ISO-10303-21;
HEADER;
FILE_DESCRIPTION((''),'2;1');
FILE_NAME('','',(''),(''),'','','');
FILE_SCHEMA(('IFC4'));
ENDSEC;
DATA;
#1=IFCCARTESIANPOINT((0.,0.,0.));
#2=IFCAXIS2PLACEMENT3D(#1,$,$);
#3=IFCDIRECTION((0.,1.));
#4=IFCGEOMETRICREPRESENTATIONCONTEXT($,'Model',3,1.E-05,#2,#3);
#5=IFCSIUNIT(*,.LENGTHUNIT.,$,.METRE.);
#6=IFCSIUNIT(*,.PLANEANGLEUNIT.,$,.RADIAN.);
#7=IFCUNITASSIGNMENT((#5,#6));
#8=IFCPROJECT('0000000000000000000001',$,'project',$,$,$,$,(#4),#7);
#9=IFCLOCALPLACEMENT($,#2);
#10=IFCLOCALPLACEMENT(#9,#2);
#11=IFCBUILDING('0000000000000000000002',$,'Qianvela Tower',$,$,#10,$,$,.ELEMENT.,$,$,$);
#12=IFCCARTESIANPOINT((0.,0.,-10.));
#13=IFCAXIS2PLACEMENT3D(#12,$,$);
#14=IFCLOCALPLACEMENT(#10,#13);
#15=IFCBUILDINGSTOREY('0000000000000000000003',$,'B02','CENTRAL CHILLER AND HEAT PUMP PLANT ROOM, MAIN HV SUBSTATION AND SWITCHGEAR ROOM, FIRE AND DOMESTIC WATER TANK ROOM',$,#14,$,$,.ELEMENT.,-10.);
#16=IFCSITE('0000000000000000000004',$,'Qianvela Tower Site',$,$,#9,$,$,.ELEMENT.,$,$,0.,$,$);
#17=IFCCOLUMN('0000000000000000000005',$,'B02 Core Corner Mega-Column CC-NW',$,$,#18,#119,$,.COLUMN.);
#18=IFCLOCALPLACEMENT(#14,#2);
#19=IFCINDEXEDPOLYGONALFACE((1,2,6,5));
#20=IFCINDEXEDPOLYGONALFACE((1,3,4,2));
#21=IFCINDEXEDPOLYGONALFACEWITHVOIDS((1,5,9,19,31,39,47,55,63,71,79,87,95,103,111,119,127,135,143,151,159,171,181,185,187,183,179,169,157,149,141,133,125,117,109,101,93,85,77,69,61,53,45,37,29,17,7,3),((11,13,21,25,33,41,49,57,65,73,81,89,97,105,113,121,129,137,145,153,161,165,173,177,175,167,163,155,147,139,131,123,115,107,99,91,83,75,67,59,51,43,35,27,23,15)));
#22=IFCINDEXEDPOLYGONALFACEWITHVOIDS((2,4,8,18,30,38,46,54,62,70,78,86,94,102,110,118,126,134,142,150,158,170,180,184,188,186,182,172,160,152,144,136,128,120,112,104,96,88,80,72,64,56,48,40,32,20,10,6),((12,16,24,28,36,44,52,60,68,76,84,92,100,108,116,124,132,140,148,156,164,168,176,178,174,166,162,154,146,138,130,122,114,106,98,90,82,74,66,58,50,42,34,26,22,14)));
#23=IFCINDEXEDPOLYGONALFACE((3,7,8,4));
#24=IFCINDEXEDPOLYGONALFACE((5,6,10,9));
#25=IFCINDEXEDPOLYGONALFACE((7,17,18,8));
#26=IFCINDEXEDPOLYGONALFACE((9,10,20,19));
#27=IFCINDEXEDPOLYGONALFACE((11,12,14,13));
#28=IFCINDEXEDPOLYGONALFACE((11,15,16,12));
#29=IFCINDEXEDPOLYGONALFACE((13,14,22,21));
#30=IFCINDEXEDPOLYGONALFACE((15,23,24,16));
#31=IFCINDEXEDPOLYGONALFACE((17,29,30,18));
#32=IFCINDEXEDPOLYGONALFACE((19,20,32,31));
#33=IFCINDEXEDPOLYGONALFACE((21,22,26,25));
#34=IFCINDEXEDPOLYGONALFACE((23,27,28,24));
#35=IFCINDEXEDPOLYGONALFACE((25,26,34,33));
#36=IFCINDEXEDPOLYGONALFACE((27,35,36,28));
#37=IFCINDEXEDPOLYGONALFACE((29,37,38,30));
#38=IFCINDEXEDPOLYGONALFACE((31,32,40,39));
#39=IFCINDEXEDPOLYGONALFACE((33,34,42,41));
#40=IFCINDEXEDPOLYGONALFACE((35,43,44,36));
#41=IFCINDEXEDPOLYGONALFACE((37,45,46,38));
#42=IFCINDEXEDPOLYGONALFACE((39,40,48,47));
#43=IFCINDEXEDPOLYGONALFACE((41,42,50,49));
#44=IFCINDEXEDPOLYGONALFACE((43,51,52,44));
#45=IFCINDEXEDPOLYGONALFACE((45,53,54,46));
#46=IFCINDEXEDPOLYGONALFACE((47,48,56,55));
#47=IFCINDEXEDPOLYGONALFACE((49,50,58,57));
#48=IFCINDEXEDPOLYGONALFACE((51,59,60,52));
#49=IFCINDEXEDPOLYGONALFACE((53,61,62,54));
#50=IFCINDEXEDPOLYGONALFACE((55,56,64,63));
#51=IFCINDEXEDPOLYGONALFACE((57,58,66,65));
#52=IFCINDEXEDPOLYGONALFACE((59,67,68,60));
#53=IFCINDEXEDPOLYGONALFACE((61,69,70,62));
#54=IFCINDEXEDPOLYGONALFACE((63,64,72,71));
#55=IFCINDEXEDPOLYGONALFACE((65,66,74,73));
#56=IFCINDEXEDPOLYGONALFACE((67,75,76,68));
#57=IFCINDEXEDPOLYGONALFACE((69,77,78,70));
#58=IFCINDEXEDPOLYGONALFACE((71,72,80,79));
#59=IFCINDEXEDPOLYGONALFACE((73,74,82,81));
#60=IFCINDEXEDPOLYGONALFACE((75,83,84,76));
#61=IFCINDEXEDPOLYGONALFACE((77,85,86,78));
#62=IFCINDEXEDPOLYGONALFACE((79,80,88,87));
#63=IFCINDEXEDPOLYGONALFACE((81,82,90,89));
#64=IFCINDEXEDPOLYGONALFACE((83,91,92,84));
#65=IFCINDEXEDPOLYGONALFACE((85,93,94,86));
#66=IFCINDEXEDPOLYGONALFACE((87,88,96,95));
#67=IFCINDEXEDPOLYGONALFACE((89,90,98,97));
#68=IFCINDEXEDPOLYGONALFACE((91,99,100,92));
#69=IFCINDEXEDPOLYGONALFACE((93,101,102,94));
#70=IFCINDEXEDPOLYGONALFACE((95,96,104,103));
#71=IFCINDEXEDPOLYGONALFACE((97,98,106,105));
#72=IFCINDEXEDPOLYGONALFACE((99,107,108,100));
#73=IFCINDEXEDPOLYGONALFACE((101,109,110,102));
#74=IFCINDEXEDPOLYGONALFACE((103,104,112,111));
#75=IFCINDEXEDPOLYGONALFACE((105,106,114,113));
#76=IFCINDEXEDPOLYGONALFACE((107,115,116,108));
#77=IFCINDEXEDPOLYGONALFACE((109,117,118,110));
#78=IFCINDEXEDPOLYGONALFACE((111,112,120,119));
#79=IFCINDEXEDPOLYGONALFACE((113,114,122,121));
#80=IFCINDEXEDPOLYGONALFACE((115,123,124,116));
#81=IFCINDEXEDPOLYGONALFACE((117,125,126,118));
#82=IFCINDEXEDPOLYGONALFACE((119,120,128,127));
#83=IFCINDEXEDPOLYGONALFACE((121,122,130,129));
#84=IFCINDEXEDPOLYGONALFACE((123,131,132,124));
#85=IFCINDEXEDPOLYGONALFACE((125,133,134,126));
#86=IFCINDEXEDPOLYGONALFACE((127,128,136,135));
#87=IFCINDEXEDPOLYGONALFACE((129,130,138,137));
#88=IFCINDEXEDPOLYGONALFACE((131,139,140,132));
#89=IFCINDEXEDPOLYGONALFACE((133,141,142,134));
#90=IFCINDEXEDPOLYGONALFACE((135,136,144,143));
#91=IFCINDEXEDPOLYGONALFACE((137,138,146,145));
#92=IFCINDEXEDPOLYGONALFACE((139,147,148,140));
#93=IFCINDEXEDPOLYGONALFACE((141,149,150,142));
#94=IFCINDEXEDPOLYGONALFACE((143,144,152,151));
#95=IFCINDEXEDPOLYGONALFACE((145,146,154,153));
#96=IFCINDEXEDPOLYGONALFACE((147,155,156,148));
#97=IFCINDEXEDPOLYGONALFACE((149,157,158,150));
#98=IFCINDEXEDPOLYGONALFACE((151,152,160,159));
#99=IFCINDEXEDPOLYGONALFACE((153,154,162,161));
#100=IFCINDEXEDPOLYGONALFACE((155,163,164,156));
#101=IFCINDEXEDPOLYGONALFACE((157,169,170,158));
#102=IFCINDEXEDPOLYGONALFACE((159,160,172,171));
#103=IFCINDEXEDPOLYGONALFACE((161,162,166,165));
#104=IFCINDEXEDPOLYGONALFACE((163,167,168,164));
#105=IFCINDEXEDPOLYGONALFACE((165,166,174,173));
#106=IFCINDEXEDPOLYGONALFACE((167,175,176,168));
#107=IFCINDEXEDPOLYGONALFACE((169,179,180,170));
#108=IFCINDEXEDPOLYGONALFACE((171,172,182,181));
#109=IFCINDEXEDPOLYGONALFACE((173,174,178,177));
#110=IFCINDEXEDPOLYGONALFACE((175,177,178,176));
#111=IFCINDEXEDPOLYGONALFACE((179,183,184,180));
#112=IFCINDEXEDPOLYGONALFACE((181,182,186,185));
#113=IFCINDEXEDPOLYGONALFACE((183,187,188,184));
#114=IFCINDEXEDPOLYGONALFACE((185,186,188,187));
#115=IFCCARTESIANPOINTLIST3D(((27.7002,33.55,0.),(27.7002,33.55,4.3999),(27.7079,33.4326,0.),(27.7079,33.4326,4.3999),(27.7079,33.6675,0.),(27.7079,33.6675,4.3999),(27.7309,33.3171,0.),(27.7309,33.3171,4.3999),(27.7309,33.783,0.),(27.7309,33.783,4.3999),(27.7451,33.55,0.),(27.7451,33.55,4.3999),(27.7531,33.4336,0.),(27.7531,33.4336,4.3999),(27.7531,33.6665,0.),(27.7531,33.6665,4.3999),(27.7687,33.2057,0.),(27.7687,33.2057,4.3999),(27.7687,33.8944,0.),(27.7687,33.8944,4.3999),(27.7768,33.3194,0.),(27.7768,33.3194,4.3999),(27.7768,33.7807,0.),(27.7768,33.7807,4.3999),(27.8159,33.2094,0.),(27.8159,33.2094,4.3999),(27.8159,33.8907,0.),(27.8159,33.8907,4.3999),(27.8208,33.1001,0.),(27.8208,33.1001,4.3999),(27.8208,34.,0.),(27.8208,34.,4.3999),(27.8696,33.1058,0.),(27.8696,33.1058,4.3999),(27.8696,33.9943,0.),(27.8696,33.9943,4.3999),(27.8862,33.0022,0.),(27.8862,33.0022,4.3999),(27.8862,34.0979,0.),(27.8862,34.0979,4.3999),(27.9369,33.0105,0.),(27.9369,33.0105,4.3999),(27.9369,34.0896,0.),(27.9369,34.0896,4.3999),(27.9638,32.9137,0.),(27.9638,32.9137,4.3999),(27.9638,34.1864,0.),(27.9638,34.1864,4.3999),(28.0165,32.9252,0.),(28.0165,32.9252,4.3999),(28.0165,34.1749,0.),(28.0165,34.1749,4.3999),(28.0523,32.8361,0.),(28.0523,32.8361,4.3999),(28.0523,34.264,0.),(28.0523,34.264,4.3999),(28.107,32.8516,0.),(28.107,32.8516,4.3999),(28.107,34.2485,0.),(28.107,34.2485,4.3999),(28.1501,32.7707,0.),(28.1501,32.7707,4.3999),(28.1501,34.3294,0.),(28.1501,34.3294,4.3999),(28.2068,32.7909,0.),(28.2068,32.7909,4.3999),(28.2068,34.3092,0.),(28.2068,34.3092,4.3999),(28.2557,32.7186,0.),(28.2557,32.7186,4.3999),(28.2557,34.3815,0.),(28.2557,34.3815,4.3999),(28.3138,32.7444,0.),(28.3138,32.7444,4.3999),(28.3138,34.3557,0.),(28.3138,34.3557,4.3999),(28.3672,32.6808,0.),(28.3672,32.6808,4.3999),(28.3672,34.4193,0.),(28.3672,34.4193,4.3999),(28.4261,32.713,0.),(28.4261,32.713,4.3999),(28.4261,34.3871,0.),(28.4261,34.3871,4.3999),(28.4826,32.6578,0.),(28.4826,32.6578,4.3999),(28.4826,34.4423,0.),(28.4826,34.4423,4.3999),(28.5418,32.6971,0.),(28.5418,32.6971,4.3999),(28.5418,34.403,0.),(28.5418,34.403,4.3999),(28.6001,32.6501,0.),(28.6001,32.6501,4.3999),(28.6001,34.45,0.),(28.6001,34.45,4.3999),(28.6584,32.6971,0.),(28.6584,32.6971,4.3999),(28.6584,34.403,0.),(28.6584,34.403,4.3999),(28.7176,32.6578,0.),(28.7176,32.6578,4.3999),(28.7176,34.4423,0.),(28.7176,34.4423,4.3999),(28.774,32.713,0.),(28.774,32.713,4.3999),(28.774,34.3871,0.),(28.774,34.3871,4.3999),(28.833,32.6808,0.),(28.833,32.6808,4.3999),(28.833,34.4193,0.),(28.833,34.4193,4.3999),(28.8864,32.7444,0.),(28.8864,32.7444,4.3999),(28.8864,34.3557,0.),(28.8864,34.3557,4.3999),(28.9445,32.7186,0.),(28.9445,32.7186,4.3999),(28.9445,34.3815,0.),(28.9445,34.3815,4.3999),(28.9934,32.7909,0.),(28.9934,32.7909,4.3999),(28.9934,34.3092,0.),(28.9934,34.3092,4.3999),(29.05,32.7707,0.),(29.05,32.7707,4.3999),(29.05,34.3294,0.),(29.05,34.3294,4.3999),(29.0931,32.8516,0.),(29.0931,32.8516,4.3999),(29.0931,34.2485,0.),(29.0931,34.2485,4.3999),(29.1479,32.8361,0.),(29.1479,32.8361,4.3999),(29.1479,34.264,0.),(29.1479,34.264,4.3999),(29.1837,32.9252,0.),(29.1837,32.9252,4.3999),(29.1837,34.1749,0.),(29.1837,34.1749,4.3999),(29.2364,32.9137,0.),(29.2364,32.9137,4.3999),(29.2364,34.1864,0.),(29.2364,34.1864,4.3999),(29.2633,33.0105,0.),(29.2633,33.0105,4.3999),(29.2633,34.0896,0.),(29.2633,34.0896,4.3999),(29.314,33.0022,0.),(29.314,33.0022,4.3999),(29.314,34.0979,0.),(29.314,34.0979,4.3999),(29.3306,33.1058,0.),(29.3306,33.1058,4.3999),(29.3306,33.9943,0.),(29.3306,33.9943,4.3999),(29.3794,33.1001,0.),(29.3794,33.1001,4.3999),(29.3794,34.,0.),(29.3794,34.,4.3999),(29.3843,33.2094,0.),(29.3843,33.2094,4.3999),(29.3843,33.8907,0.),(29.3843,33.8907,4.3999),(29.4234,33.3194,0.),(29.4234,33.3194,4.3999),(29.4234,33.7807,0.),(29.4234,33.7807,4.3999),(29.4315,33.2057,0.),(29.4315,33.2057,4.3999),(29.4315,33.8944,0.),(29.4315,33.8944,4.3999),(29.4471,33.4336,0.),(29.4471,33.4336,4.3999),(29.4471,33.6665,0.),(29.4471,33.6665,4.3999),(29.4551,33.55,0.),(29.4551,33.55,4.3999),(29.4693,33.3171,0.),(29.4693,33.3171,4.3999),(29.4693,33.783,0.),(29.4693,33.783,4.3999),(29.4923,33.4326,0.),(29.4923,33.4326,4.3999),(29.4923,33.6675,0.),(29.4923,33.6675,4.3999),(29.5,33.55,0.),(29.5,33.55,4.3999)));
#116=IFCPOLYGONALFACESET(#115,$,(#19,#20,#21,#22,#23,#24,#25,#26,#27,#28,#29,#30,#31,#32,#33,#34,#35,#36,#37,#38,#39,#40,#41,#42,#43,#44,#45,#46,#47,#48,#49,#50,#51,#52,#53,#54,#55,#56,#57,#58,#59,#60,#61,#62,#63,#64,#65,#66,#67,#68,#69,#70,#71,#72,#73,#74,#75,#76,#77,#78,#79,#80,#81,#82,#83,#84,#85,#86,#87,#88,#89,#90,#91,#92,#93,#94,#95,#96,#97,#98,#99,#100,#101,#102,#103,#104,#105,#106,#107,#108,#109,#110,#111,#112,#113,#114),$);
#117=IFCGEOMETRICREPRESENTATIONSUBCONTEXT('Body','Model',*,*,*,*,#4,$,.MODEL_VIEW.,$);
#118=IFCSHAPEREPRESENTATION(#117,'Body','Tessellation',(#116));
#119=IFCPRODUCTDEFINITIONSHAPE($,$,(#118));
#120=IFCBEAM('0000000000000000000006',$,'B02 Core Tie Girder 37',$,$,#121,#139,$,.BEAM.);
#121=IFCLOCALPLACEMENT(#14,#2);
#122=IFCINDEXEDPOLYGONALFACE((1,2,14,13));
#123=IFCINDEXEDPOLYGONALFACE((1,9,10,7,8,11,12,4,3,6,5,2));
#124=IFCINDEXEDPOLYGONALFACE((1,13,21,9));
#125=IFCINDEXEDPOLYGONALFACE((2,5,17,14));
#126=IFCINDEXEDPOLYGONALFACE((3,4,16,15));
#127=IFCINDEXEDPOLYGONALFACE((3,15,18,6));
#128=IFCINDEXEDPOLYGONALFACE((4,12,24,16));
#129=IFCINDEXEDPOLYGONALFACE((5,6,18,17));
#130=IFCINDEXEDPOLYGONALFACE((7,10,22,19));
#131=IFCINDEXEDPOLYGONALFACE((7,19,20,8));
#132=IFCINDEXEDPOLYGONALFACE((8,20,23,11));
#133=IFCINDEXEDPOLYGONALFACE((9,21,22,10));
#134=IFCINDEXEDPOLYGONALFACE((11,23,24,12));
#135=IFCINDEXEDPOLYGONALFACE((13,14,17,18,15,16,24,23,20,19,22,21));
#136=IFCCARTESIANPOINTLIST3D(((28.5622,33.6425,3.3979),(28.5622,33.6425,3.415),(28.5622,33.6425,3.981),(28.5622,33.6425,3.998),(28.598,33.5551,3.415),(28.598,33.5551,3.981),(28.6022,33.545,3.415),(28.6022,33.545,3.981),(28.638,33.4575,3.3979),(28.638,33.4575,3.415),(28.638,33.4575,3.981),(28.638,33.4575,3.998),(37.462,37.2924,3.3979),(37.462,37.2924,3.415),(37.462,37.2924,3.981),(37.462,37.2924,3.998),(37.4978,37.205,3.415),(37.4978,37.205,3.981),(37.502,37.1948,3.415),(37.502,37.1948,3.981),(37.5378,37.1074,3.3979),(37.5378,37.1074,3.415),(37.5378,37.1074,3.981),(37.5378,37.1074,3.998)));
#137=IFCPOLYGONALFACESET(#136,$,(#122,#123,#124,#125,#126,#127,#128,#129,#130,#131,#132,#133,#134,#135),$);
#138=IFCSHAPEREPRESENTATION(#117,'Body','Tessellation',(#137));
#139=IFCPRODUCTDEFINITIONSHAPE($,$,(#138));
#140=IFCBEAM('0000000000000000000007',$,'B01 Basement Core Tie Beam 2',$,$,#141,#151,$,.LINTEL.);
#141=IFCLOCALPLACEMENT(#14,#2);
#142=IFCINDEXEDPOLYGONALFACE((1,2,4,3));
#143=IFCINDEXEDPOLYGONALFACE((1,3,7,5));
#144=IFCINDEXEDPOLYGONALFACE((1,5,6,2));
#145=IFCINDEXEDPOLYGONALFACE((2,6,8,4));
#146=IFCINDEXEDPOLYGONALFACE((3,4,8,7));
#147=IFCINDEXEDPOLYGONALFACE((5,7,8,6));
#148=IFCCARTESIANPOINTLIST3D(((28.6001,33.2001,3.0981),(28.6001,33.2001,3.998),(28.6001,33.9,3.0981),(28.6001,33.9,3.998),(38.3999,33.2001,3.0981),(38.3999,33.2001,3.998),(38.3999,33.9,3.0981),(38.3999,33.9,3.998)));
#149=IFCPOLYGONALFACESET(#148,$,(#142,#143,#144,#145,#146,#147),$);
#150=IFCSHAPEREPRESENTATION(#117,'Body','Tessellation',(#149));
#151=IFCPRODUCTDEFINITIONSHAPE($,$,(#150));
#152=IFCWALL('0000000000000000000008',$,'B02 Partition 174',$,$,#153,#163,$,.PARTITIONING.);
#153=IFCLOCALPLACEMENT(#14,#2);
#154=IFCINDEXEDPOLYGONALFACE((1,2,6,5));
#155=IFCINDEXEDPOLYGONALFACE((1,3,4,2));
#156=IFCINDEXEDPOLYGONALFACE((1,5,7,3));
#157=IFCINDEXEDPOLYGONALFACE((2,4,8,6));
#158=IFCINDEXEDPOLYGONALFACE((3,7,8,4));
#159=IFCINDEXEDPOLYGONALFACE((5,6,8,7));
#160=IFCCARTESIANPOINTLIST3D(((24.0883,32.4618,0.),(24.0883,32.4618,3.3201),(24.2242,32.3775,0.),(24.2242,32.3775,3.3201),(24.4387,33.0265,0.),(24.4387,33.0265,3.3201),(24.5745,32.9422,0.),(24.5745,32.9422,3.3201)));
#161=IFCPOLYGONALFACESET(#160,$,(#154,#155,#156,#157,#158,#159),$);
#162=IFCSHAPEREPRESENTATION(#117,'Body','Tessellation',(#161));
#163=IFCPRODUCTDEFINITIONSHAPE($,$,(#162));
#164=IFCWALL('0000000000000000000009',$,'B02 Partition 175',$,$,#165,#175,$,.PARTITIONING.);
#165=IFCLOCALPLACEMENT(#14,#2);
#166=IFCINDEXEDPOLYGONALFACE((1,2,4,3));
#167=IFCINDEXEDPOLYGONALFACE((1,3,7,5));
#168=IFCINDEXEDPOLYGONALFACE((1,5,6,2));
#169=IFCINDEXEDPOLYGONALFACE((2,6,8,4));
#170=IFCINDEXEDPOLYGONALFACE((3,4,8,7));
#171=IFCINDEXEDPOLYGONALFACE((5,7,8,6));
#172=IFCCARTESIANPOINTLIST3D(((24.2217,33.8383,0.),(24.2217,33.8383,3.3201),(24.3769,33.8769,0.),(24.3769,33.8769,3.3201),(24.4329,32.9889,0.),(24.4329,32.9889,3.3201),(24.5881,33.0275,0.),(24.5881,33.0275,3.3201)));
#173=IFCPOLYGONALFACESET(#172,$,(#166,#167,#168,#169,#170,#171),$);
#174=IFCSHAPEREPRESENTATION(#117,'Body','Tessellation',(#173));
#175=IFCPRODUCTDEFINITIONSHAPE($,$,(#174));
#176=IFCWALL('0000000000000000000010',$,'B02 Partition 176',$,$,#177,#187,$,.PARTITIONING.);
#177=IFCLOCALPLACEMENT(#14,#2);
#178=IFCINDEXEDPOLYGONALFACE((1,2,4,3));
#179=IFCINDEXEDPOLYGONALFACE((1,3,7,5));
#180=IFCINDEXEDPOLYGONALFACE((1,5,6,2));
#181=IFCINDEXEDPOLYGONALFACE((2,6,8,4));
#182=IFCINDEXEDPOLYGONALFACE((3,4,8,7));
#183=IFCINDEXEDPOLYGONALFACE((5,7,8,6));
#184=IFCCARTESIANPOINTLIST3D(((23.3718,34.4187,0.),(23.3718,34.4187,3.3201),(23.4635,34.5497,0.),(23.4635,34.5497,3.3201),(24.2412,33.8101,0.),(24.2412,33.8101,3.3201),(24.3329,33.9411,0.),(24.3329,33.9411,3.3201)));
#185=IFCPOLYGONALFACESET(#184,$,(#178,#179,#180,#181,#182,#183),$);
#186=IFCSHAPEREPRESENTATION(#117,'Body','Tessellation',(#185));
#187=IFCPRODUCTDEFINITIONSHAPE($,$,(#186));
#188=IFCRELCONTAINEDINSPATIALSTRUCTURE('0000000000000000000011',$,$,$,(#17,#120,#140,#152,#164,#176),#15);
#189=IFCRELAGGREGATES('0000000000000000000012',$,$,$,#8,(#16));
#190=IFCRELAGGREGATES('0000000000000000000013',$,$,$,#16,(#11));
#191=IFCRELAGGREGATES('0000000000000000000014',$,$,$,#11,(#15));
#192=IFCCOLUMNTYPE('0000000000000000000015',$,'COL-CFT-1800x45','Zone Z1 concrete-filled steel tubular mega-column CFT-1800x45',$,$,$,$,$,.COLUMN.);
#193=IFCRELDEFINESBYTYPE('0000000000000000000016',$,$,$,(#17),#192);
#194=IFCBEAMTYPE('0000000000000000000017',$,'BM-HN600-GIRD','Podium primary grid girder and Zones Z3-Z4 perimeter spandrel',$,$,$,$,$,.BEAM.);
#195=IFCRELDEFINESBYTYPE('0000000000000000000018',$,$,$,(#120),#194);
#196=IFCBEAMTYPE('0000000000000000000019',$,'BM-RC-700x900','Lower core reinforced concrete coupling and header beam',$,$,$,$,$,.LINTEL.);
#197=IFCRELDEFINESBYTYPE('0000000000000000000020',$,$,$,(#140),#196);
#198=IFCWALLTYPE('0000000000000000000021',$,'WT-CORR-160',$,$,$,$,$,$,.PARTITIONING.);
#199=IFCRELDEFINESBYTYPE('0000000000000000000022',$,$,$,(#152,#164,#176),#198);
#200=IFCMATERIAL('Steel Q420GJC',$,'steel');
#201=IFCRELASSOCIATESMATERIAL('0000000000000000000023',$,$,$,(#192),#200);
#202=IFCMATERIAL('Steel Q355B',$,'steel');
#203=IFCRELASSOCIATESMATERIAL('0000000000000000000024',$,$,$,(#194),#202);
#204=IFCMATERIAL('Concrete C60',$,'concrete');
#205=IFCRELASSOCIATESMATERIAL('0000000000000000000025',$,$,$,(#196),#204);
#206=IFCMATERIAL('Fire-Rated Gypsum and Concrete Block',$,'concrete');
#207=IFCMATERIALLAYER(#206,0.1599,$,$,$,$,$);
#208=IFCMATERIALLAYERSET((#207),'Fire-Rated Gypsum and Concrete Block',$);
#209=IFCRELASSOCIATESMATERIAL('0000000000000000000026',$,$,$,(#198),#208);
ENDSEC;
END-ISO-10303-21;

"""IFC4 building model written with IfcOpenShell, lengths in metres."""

from ifc_helpers import new_model, si_unit, direction, frame, frame_2d, origin, origin_2d, place, context, subcontext, project, spatial, rectangle, hollow_circle, i_section, extrude, material, layer, layer_set, material_profile, profile_set, type_object, element, save


model = new_model("IFC4")

# Units and contexts
model_context = context("Model", 3, precision=1e-05, world=origin(), true_north=direction((0.0, 1.0)))
body_context = subcontext(model_context, "Body", "Model", "MODEL_VIEW")
ifc_project = project(units=[si_unit("LENGTHUNIT", "METRE"), si_unit("PLANEANGLEUNIT", "RADIAN")], contexts=[model_context])

# Site, building, storey
site_placement = place(None, origin())
site = spatial("IfcSite", under=ifc_project, at=site_placement, Name="Qianvela Tower Site", CompositionType="ELEMENT", RefElevation=0.0)
building_placement = place(site_placement, origin())
building = spatial("IfcBuilding", under=site, at=building_placement, Name="Qianvela Tower", CompositionType="ELEMENT")
storey_placement = place(building_placement, frame((0.0, 0.0, -10.0)))
storey = spatial("IfcBuildingStorey", under=building, at=storey_placement, Name="B02", Description="CENTRAL CHILLER AND HEAT PUMP PLANT ROOM, MAIN HV SUBSTATION AND SWITCHGEAR ROOM, FIRE AND DOMESTIC WATER TANK ROOM", CompositionType="ELEMENT", Elevation=-10.0)

# Column
ifc_material_1 = material(Name="Steel Q420GJC", Category="steel")
ifc_material_profile_1 = material_profile(ifc_material_1, hollow_circle(Radius=0.8999, WallThickness=0.0449, at=origin_2d()), Name="CFT-1800x45")
ifc_profile_set_1 = profile_set([ifc_material_profile_1], Name="Steel Q420GJC")
column_type = type_object("IfcColumnType", Name="COL-CFT-1800x45", Description="Zone Z1 concrete-filled steel tubular mega-column CFT-1800x45", PredefinedType="COLUMN", material=ifc_profile_set_1)
column_placement = place(storey_placement, frame((28.6001, 33.55, 0.0), z_axis=(0.0, 0.0, 1.0), x_axis=(1.0, 0.0, 0.0)))
element("IfcColumn", 1, at=column_placement, inside=storey, type_object=column_type, Name="B02 Core Corner Mega-Column CC-NW", PredefinedType="COLUMN", context=body_context, shape_type="SweptSolid", body=[
    extrude(hollow_circle(Radius=0.8999, WallThickness=0.0449, at=origin_2d()), origin(), (0.0, 0.0, 1.0), 4.3999),
])

# Beams
ifc_material_2 = material(Name="Steel Q355B", Category="steel")
ifc_material_profile_2 = material_profile(ifc_material_2, i_section(OverallWidth=0.2, OverallDepth=0.6001, WebThickness=0.011, FlangeThickness=0.0171, at=origin_2d()), Name="HN600x200x11x17")
ifc_profile_set_2 = profile_set([ifc_material_profile_2], Name="Steel Q355B")
beam_type_1 = type_object("IfcBeamType", Name="BM-HN600-GIRD", Description="Podium primary grid girder and Zones Z3-Z4 perimeter spandrel", PredefinedType="BEAM", material=ifc_profile_set_2)
beam_1_placement = place(storey_placement, frame((28.6001, 33.55, 3.698), z_axis=(0.925218, 0.379437, 0.0), x_axis=(-0.379437, 0.925218, 0.0)))
element("IfcBeam", 2, at=beam_1_placement, inside=storey, type_object=beam_type_1, Name="B02 Core Tie Girder 37", PredefinedType="BEAM", context=body_context, shape_type="SweptSolid", body=[
    extrude(i_section(OverallWidth=0.2, OverallDepth=0.6001, WebThickness=0.011, FlangeThickness=0.0171, at=origin_2d()), origin(), (0.0, 0.0, 1.0), 9.6191),
])
ifc_material_3 = material(Name="Concrete C60", Category="concrete")
ifc_material_profile_3 = material_profile(ifc_material_3, rectangle(XDim=0.7, YDim=0.8999, at=origin_2d()), Name="RC-BM-700x900")
ifc_profile_set_3 = profile_set([ifc_material_profile_3], Name="Concrete C60")
beam_type_2 = type_object("IfcBeamType", Name="BM-RC-700x900", Description="Lower core reinforced concrete coupling and header beam", PredefinedType="LINTEL", material=ifc_profile_set_3)
beam_2_placement = place(storey_placement, frame((28.6001, 33.55, 3.5481), z_axis=(1.0, 0.0, 0.0), x_axis=(0.0, 1.0, 0.0)))
element("IfcBeam", 3, at=beam_2_placement, inside=storey, type_object=beam_type_2, Name="B01 Basement Core Tie Beam 2", PredefinedType="LINTEL", context=body_context, shape_type="SweptSolid", body=[
    extrude(rectangle(XDim=0.7, YDim=0.8999, at=origin_2d()), origin(), (0.0, 0.0, 1.0), 9.7998),
])

# Walls
ifc_material_4 = material(Name="Fire-Rated Gypsum and Concrete Block", Category="concrete")
ifc_layer_1 = layer(ifc_material_4, 0.1599)
ifc_layer_set_1 = layer_set([ifc_layer_1], Name="Fire-Rated Gypsum and Concrete Block")
wall_type_1 = type_object("IfcWallType", Name="WT-CORR-160", PredefinedType="PARTITIONING", material=ifc_layer_set_1)
wall_1_placement = place(storey_placement, frame((24.1562, 32.4197, 0.0), z_axis=(0.0, 0.0, 1.0), x_axis=(0.527189, 0.849748, 0.0)))
element("IfcWall", 4, at=wall_1_placement, inside=storey, type_object=wall_type_1, Name="B02 Partition 174", PredefinedType="PARTITIONING", context=body_context, shape_type="SweptSolid", body=[
    extrude(rectangle(XDim=0.6646, YDim=0.1599, at=frame_2d((0.3323, 0.0))), origin(), (0.0, 0.0, 1.0), 3.3201),
])
wall_2_placement = place(storey_placement, frame((24.5105, 33.0083, 0.0), z_axis=(0.0, 0.0, 1.0), x_axis=(-0.241288, 0.970453, 0.0)))
element("IfcWall", 5, at=wall_2_placement, inside=storey, type_object=wall_type_1, Name="B02 Partition 175", PredefinedType="PARTITIONING", context=body_context, shape_type="SweptSolid", body=[
    extrude(rectangle(XDim=0.8752, YDim=0.1599, at=frame_2d((0.4375, 0.0))), origin(), (0.0, 0.0, 1.0), 3.3201),
])
wall_3_placement = place(storey_placement, frame((24.2871, 33.8755, 0.0), z_axis=(0.0, 0.0, 1.0), x_axis=(-0.819199, 0.573509, 0.0)))
element("IfcWall", 6, at=wall_3_placement, inside=storey, type_object=wall_type_1, Name="B02 Partition 176", PredefinedType="PARTITIONING", context=body_context, shape_type="SweptSolid", body=[
    extrude(rectangle(XDim=1.0613, YDim=0.1599, at=frame_2d((0.5308, 0.0))), origin(), (0.0, 0.0, 1.0), 3.3201),
])

save(model, "model.ifc")
